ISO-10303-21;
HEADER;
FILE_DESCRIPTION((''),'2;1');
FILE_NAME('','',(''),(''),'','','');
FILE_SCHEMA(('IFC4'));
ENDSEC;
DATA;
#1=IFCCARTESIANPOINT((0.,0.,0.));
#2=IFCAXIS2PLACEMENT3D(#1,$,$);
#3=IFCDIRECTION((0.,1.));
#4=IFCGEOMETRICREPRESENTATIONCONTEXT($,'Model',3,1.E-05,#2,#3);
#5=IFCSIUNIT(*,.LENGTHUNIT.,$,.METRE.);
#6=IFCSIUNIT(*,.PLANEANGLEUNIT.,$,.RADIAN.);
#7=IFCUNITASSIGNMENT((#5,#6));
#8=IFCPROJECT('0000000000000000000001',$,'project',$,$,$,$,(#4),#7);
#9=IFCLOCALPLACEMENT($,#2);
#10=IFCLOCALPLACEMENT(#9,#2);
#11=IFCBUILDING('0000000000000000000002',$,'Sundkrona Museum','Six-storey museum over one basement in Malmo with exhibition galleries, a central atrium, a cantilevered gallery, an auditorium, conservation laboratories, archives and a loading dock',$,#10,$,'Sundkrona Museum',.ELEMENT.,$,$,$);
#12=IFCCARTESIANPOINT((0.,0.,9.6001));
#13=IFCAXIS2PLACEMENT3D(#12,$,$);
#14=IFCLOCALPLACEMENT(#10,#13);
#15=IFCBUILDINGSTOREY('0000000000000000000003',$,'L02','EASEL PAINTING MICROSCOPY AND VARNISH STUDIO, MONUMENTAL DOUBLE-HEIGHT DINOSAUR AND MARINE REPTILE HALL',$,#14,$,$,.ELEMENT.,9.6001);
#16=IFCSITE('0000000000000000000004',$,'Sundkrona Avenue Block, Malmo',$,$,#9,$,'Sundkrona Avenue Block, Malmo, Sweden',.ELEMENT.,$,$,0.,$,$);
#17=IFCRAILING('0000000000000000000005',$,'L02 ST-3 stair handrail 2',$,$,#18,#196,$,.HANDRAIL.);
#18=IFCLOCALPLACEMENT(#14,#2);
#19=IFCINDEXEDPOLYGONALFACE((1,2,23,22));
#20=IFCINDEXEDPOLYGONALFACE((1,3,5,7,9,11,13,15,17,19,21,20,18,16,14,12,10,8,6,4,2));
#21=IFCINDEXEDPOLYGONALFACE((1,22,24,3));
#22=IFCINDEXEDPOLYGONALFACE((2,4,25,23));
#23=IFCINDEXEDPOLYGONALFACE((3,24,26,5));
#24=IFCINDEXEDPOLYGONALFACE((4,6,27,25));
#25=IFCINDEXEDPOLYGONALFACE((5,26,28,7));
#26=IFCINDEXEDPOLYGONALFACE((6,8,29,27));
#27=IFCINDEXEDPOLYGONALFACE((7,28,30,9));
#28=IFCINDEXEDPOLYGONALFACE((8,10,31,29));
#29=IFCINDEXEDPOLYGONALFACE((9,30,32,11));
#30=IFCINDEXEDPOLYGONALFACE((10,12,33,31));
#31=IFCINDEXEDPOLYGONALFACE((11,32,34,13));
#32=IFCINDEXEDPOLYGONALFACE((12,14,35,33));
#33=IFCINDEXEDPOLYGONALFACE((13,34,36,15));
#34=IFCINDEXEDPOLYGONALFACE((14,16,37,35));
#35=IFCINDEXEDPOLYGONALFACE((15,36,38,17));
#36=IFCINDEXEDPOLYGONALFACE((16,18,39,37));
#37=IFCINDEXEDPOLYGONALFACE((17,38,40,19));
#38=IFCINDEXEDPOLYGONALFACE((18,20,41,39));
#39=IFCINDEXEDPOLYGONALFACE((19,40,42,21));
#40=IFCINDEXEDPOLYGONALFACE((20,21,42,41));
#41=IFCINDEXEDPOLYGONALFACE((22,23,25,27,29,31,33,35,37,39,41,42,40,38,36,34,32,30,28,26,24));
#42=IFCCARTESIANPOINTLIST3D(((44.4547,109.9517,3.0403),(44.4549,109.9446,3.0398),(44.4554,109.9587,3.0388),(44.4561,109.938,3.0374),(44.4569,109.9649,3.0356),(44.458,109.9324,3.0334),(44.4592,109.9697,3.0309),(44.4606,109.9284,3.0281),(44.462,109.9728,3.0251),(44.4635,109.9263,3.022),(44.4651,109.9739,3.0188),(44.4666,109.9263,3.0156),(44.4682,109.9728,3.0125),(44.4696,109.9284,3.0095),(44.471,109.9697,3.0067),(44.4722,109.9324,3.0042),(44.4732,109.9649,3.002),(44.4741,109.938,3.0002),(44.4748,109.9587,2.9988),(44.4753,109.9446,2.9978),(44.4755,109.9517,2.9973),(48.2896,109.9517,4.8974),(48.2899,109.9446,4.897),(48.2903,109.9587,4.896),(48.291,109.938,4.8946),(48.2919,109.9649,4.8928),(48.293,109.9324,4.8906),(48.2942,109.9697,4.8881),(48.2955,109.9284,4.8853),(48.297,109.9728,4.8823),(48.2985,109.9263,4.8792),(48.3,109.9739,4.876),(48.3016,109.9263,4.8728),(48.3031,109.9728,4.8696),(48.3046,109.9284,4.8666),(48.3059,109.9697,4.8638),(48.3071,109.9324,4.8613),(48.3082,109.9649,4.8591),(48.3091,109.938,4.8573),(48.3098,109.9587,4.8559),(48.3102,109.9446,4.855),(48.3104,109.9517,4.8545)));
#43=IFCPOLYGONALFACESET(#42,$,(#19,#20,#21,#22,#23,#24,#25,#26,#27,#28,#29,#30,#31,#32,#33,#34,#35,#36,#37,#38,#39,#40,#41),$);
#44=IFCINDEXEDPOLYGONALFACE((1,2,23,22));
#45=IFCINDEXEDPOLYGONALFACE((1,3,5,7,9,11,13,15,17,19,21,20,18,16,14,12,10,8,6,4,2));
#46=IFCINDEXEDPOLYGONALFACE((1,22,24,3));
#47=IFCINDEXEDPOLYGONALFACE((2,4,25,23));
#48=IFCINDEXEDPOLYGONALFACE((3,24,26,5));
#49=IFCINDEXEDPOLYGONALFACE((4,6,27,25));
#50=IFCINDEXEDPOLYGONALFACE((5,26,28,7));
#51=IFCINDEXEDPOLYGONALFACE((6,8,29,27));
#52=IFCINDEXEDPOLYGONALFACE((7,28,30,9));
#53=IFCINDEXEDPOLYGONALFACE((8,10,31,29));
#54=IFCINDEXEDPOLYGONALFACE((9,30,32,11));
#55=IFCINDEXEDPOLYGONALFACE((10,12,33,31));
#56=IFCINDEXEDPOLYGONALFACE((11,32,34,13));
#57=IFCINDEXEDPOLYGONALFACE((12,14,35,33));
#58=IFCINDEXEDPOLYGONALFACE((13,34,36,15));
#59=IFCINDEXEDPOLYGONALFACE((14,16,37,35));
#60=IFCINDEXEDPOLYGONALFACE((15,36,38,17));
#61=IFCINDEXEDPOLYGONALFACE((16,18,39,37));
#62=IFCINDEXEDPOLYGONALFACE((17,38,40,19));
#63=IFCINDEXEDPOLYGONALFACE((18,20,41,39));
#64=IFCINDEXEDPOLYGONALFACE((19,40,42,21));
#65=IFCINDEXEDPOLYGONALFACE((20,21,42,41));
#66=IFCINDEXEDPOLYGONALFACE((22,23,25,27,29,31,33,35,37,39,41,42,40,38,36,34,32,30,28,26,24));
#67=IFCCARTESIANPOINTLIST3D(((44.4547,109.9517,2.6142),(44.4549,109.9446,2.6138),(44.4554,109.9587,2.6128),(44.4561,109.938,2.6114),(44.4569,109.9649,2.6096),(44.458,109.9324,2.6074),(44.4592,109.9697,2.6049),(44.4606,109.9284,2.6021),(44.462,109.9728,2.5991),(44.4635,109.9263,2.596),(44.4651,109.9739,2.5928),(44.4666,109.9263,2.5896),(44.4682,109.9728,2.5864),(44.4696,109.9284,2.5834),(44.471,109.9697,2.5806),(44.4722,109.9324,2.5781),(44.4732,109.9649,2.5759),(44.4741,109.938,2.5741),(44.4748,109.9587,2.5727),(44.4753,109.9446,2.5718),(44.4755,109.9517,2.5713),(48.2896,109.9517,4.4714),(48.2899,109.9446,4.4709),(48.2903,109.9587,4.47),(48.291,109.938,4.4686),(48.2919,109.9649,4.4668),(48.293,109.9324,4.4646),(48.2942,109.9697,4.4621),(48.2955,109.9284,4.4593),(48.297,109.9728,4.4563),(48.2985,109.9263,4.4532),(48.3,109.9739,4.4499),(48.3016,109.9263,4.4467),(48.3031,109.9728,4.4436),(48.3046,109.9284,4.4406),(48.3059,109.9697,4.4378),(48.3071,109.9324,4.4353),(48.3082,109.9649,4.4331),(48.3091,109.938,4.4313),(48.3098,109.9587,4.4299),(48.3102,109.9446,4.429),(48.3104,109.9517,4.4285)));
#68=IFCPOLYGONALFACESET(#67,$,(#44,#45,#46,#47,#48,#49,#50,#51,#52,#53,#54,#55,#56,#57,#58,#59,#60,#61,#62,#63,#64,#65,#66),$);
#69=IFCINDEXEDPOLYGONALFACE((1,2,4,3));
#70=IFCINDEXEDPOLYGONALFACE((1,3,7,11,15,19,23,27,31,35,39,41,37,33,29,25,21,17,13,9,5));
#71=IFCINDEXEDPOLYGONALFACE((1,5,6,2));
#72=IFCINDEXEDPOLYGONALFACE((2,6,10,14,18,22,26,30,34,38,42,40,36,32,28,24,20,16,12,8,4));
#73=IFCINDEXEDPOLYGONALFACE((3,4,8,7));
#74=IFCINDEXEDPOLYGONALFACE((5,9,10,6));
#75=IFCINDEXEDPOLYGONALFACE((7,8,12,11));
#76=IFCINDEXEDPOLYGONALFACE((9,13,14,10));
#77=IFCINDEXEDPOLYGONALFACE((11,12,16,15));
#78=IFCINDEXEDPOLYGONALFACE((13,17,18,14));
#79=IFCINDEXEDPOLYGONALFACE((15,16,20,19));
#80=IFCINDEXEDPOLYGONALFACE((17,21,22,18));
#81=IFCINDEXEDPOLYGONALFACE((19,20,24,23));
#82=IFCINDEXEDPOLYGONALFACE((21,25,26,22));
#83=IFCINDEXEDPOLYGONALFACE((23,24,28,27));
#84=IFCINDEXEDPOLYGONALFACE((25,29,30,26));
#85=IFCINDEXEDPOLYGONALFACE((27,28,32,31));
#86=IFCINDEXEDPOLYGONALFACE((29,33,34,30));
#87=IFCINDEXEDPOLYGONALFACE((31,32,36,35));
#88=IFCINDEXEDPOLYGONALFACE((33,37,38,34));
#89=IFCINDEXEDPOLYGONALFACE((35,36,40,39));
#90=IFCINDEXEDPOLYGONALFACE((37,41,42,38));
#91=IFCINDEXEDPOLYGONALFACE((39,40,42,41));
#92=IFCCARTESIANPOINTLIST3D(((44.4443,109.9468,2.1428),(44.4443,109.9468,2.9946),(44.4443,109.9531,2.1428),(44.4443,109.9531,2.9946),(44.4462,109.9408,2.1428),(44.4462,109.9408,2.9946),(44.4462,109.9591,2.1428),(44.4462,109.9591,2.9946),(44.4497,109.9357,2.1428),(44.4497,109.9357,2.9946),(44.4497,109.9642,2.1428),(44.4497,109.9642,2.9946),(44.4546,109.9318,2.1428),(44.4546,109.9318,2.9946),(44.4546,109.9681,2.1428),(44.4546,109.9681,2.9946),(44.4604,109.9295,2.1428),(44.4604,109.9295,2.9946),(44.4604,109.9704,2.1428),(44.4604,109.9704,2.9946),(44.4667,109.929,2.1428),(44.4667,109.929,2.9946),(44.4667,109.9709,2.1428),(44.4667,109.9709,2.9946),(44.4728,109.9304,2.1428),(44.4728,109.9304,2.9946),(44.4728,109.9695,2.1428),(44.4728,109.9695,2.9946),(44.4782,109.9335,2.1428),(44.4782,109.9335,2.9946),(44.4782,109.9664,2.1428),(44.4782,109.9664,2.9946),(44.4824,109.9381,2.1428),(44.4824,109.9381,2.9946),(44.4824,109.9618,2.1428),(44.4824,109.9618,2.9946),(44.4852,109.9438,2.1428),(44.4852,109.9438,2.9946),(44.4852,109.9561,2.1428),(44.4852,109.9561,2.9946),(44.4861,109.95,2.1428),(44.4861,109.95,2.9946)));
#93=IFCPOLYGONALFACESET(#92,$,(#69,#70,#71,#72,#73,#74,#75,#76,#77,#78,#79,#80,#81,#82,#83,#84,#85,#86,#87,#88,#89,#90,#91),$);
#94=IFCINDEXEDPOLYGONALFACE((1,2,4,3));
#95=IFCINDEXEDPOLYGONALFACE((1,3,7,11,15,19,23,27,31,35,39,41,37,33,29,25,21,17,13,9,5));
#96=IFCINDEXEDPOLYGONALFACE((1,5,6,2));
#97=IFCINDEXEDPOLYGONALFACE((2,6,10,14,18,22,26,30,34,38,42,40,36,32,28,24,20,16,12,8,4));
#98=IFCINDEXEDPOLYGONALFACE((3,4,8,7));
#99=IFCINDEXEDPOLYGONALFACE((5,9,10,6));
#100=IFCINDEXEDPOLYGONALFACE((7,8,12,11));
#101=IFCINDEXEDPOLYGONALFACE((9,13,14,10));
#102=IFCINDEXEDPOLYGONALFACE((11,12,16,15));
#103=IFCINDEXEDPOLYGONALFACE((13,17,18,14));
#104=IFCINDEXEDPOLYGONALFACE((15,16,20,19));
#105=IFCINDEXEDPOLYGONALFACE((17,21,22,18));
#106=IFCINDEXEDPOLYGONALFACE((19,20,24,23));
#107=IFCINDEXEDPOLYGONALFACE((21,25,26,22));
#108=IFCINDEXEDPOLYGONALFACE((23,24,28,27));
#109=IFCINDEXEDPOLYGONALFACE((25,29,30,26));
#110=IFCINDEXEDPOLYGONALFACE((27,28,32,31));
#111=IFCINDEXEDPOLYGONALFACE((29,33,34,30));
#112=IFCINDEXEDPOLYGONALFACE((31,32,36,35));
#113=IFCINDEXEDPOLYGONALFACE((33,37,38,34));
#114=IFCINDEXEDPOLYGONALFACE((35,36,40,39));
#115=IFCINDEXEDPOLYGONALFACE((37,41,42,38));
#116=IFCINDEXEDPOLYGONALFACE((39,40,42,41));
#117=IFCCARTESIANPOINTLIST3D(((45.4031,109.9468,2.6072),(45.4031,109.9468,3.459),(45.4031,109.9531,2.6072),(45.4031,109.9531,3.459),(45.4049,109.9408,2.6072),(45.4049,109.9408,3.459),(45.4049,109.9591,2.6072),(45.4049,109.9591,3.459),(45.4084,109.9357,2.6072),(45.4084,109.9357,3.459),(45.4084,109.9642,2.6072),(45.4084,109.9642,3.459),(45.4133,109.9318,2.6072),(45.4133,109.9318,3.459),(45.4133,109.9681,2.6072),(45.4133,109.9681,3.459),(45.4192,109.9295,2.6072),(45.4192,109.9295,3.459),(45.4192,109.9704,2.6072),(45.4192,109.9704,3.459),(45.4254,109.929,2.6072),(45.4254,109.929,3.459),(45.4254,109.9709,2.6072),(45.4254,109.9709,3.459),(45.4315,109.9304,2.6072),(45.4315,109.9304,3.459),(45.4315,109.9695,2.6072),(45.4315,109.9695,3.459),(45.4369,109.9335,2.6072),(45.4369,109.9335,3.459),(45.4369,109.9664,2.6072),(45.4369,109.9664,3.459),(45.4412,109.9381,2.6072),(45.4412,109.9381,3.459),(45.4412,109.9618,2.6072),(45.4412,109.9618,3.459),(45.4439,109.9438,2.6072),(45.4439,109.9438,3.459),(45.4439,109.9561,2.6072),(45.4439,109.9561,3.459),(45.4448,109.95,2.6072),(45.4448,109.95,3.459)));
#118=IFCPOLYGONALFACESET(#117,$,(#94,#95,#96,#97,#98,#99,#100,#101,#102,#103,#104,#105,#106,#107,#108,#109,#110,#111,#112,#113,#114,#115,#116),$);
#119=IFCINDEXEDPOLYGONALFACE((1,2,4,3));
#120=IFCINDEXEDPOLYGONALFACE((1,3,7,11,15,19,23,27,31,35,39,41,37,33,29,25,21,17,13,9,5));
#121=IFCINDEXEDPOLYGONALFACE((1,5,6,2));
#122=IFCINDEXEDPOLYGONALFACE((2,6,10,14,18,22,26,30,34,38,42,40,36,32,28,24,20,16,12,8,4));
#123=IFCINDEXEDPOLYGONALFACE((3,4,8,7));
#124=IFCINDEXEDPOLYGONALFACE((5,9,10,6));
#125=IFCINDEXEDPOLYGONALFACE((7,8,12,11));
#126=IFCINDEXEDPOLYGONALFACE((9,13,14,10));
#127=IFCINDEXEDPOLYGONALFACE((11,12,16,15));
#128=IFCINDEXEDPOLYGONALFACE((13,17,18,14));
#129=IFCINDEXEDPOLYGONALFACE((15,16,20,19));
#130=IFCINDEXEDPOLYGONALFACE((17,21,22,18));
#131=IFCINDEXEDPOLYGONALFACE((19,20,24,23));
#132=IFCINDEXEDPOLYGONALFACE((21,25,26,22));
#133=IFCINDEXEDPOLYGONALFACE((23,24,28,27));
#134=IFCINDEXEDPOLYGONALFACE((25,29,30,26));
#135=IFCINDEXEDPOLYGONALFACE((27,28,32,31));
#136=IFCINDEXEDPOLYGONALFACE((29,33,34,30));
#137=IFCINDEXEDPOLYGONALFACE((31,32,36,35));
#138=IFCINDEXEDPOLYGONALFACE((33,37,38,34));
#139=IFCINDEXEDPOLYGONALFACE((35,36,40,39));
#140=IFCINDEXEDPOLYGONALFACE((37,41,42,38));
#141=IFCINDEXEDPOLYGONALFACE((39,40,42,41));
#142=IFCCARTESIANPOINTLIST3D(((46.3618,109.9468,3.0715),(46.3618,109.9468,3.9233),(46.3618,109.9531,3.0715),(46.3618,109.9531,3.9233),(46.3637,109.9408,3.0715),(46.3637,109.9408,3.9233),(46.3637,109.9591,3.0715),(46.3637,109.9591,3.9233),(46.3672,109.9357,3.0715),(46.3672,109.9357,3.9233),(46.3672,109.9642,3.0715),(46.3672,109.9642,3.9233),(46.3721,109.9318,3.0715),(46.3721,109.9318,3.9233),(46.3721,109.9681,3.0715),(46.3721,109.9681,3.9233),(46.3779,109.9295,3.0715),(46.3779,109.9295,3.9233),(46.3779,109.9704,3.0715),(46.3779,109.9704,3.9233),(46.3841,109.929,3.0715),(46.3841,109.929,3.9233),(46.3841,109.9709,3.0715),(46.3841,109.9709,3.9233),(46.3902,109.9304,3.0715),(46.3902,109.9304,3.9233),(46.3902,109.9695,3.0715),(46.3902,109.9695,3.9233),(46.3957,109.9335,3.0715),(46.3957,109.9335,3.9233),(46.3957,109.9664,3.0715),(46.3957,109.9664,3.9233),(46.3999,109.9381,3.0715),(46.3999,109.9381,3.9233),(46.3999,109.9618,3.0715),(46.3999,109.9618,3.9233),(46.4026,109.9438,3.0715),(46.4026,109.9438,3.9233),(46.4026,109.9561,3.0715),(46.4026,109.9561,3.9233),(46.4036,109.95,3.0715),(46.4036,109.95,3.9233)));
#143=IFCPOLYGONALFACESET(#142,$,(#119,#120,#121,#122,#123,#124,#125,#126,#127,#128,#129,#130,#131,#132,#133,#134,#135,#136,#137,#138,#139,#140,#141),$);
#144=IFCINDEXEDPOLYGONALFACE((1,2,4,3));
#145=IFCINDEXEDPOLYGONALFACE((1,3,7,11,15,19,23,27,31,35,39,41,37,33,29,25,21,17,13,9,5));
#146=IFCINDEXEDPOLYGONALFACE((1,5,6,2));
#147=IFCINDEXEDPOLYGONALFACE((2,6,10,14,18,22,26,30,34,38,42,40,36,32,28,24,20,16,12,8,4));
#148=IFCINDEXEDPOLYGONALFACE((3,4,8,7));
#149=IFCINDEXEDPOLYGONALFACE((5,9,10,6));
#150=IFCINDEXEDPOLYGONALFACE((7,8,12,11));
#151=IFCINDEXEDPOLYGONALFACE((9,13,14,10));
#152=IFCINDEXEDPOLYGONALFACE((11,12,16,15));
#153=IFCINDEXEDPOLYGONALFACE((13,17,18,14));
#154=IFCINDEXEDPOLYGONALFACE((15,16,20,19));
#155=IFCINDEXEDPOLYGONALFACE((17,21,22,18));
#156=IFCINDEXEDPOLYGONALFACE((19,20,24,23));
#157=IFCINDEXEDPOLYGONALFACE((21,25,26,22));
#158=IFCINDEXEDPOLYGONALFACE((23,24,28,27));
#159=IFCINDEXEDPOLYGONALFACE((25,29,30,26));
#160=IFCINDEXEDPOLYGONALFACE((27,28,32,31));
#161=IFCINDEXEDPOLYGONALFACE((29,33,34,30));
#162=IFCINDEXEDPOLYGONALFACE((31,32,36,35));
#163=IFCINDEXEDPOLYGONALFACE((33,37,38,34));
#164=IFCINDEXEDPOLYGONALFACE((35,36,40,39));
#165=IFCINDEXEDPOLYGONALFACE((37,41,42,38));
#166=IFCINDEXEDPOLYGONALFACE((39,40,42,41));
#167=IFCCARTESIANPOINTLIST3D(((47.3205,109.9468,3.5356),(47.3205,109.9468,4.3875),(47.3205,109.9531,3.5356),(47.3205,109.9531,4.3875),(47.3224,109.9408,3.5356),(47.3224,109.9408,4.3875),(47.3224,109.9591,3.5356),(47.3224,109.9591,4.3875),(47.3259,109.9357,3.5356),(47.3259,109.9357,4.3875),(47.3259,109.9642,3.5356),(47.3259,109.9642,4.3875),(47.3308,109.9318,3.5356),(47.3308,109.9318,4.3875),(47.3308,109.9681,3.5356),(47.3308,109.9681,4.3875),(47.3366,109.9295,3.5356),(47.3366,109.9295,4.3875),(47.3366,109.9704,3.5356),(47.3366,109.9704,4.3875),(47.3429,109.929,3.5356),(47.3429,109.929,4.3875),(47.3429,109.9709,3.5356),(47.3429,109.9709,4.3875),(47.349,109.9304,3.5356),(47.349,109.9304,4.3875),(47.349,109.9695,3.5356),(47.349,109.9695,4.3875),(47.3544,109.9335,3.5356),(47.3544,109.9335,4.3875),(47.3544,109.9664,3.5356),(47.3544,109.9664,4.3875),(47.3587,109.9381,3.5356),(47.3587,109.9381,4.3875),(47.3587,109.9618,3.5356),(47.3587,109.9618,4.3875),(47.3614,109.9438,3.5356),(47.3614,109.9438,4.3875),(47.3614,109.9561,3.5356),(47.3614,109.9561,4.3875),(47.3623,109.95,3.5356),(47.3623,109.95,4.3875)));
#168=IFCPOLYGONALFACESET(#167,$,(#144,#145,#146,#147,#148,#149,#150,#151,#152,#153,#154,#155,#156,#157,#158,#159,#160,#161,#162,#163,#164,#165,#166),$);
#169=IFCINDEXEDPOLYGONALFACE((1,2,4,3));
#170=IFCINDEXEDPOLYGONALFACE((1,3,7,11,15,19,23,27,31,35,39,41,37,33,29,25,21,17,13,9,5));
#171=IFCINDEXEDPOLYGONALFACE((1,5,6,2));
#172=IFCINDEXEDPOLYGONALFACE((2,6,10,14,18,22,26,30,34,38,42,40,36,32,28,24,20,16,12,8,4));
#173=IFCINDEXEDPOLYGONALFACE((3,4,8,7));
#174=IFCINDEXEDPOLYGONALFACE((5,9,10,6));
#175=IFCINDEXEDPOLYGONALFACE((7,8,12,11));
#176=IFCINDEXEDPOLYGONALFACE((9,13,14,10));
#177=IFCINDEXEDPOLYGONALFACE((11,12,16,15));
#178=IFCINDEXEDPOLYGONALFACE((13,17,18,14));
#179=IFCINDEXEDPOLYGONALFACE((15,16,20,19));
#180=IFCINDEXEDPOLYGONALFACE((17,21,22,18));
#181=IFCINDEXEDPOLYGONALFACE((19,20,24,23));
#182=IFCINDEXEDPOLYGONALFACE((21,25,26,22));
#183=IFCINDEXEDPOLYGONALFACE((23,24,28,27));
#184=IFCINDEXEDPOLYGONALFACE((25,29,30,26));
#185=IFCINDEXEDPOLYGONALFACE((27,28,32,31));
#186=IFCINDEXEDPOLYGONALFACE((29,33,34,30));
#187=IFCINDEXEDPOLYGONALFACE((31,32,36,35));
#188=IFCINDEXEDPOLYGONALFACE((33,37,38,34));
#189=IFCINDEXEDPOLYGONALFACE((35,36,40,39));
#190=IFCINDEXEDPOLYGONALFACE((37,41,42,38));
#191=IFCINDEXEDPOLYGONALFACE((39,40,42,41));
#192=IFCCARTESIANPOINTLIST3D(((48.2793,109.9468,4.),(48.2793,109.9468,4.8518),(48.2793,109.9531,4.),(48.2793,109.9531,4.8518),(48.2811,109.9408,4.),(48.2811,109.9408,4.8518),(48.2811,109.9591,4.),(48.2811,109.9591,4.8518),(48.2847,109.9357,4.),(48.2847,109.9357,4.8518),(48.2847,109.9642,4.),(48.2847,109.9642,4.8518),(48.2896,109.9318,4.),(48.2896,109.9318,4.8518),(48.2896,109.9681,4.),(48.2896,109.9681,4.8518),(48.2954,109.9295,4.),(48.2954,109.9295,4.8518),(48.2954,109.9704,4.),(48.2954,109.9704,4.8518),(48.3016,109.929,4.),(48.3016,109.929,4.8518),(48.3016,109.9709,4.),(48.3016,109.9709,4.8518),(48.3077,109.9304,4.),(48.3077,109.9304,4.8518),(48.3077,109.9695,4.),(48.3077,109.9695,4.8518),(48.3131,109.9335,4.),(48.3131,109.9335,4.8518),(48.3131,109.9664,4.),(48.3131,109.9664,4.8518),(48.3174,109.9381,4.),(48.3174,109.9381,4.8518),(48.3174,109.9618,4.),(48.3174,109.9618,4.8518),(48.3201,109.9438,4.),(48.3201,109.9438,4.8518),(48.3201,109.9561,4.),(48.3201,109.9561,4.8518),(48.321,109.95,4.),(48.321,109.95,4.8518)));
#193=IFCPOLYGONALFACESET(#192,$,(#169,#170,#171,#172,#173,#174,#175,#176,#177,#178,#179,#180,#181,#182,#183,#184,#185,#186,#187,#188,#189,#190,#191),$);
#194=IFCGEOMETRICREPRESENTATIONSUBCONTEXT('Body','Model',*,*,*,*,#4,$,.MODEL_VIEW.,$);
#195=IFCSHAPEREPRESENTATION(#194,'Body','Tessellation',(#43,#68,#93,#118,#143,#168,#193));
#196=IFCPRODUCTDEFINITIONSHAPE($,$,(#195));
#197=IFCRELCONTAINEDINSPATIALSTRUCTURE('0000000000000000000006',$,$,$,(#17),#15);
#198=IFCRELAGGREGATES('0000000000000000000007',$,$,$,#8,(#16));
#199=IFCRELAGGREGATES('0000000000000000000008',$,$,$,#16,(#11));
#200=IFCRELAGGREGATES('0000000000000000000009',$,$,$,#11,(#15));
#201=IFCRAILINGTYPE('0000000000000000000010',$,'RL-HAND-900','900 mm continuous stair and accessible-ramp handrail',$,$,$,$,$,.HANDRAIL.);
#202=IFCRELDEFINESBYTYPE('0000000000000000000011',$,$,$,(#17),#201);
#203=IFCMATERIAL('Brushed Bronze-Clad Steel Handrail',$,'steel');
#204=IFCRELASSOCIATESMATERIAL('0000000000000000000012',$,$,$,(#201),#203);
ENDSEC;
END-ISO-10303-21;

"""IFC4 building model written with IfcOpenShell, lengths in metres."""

from ifc_helpers import new_model, si_unit, direction, frame, origin, origin_2d, place, context, subcontext, project, spatial, circle, extrude, material, type_object, element, save


model = new_model("IFC4")

# Units and contexts
model_context = context("Model", 3, precision=1e-05, world=origin(), true_north=direction((0.0, 1.0)))
body_context = subcontext(model_context, "Body", "Model", "MODEL_VIEW")
ifc_project = project(units=[si_unit("LENGTHUNIT", "METRE"), si_unit("PLANEANGLEUNIT", "RADIAN")], contexts=[model_context])

# Site, building, storey
site_placement = place(None, origin())
site = spatial("IfcSite", under=ifc_project, at=site_placement, Name="Sundkrona Avenue Block, Malmo", LongName="Sundkrona Avenue Block, Malmo, Sweden", CompositionType="ELEMENT", RefElevation=0.0)
building_placement = place(site_placement, origin())
building = spatial("IfcBuilding", under=site, at=building_placement, Name="Sundkrona Museum", Description="Six-storey museum over one basement in Malmo with exhibition galleries, a central atrium, a cantilevered gallery, an auditorium, conservation laboratories, archives and a loading dock", LongName="Sundkrona Museum", CompositionType="ELEMENT")
storey_placement = place(building_placement, frame((0.0, 0.0, 9.6001)))
storey = spatial("IfcBuildingStorey", under=building, at=storey_placement, Name="L02", Description="EASEL PAINTING MICROSCOPY AND VARNISH STUDIO, MONUMENTAL DOUBLE-HEIGHT DINOSAUR AND MARINE REPTILE HALL", CompositionType="ELEMENT", Elevation=9.6001)

# Railing
ifc_material_1 = material(Name="Brushed Bronze-Clad Steel Handrail", Category="steel")
railing_type_1 = type_object("IfcRailingType", Name="RL-HAND-900", Description="900 mm continuous stair and accessible-ramp handrail", PredefinedType="HANDRAIL", material=ifc_material_1)
for number, where, name in (
    (1, (44.4651, 109.95, 2.1428), "L02 ST-3 stair handrail 2"),
):
    element("IfcRailing", number, at=place(storey_placement, frame(where)), inside=storey, type_object=railing_type_1, Name=name, PredefinedType="HANDRAIL", context=body_context, shape_type="SweptSolid", body=[
        extrude(circle(Radius=0.0239, at=origin_2d()), frame((0.0, 0.0, 0.876), z_axis=(0.900016, 0.0, 0.435856), x_axis=(0.0, 1.0, 0.0)), (0.0, 0.0, 1.0), 4.261),
        extrude(circle(Radius=0.0239, at=origin_2d()), frame((0.0, 0.0, 0.45), z_axis=(0.900016, 0.0, 0.435856), x_axis=(0.0, 1.0, 0.0)), (0.0, 0.0, 1.0), 4.261),
        extrude(circle(Radius=0.021, at=origin_2d()), origin(), (0.0, 0.0, 1.0), 0.8518),
        extrude(circle(Radius=0.021, at=origin_2d()), frame((0.9587, 0.0, 0.4644)), (0.0, 0.0, 1.0), 0.8518),
        extrude(circle(Radius=0.021, at=origin_2d()), frame((1.9175, 0.0, 0.9287)), (0.0, 0.0, 1.0), 0.8518),
        extrude(circle(Radius=0.021, at=origin_2d()), frame((2.8762, 0.0, 1.3928)), (0.0, 0.0, 1.0), 0.8518),
        extrude(circle(Radius=0.021, at=origin_2d()), frame((3.835, 0.0, 1.8572)), (0.0, 0.0, 1.0), 0.8518),
    ])

save(model, "model.ifc")
